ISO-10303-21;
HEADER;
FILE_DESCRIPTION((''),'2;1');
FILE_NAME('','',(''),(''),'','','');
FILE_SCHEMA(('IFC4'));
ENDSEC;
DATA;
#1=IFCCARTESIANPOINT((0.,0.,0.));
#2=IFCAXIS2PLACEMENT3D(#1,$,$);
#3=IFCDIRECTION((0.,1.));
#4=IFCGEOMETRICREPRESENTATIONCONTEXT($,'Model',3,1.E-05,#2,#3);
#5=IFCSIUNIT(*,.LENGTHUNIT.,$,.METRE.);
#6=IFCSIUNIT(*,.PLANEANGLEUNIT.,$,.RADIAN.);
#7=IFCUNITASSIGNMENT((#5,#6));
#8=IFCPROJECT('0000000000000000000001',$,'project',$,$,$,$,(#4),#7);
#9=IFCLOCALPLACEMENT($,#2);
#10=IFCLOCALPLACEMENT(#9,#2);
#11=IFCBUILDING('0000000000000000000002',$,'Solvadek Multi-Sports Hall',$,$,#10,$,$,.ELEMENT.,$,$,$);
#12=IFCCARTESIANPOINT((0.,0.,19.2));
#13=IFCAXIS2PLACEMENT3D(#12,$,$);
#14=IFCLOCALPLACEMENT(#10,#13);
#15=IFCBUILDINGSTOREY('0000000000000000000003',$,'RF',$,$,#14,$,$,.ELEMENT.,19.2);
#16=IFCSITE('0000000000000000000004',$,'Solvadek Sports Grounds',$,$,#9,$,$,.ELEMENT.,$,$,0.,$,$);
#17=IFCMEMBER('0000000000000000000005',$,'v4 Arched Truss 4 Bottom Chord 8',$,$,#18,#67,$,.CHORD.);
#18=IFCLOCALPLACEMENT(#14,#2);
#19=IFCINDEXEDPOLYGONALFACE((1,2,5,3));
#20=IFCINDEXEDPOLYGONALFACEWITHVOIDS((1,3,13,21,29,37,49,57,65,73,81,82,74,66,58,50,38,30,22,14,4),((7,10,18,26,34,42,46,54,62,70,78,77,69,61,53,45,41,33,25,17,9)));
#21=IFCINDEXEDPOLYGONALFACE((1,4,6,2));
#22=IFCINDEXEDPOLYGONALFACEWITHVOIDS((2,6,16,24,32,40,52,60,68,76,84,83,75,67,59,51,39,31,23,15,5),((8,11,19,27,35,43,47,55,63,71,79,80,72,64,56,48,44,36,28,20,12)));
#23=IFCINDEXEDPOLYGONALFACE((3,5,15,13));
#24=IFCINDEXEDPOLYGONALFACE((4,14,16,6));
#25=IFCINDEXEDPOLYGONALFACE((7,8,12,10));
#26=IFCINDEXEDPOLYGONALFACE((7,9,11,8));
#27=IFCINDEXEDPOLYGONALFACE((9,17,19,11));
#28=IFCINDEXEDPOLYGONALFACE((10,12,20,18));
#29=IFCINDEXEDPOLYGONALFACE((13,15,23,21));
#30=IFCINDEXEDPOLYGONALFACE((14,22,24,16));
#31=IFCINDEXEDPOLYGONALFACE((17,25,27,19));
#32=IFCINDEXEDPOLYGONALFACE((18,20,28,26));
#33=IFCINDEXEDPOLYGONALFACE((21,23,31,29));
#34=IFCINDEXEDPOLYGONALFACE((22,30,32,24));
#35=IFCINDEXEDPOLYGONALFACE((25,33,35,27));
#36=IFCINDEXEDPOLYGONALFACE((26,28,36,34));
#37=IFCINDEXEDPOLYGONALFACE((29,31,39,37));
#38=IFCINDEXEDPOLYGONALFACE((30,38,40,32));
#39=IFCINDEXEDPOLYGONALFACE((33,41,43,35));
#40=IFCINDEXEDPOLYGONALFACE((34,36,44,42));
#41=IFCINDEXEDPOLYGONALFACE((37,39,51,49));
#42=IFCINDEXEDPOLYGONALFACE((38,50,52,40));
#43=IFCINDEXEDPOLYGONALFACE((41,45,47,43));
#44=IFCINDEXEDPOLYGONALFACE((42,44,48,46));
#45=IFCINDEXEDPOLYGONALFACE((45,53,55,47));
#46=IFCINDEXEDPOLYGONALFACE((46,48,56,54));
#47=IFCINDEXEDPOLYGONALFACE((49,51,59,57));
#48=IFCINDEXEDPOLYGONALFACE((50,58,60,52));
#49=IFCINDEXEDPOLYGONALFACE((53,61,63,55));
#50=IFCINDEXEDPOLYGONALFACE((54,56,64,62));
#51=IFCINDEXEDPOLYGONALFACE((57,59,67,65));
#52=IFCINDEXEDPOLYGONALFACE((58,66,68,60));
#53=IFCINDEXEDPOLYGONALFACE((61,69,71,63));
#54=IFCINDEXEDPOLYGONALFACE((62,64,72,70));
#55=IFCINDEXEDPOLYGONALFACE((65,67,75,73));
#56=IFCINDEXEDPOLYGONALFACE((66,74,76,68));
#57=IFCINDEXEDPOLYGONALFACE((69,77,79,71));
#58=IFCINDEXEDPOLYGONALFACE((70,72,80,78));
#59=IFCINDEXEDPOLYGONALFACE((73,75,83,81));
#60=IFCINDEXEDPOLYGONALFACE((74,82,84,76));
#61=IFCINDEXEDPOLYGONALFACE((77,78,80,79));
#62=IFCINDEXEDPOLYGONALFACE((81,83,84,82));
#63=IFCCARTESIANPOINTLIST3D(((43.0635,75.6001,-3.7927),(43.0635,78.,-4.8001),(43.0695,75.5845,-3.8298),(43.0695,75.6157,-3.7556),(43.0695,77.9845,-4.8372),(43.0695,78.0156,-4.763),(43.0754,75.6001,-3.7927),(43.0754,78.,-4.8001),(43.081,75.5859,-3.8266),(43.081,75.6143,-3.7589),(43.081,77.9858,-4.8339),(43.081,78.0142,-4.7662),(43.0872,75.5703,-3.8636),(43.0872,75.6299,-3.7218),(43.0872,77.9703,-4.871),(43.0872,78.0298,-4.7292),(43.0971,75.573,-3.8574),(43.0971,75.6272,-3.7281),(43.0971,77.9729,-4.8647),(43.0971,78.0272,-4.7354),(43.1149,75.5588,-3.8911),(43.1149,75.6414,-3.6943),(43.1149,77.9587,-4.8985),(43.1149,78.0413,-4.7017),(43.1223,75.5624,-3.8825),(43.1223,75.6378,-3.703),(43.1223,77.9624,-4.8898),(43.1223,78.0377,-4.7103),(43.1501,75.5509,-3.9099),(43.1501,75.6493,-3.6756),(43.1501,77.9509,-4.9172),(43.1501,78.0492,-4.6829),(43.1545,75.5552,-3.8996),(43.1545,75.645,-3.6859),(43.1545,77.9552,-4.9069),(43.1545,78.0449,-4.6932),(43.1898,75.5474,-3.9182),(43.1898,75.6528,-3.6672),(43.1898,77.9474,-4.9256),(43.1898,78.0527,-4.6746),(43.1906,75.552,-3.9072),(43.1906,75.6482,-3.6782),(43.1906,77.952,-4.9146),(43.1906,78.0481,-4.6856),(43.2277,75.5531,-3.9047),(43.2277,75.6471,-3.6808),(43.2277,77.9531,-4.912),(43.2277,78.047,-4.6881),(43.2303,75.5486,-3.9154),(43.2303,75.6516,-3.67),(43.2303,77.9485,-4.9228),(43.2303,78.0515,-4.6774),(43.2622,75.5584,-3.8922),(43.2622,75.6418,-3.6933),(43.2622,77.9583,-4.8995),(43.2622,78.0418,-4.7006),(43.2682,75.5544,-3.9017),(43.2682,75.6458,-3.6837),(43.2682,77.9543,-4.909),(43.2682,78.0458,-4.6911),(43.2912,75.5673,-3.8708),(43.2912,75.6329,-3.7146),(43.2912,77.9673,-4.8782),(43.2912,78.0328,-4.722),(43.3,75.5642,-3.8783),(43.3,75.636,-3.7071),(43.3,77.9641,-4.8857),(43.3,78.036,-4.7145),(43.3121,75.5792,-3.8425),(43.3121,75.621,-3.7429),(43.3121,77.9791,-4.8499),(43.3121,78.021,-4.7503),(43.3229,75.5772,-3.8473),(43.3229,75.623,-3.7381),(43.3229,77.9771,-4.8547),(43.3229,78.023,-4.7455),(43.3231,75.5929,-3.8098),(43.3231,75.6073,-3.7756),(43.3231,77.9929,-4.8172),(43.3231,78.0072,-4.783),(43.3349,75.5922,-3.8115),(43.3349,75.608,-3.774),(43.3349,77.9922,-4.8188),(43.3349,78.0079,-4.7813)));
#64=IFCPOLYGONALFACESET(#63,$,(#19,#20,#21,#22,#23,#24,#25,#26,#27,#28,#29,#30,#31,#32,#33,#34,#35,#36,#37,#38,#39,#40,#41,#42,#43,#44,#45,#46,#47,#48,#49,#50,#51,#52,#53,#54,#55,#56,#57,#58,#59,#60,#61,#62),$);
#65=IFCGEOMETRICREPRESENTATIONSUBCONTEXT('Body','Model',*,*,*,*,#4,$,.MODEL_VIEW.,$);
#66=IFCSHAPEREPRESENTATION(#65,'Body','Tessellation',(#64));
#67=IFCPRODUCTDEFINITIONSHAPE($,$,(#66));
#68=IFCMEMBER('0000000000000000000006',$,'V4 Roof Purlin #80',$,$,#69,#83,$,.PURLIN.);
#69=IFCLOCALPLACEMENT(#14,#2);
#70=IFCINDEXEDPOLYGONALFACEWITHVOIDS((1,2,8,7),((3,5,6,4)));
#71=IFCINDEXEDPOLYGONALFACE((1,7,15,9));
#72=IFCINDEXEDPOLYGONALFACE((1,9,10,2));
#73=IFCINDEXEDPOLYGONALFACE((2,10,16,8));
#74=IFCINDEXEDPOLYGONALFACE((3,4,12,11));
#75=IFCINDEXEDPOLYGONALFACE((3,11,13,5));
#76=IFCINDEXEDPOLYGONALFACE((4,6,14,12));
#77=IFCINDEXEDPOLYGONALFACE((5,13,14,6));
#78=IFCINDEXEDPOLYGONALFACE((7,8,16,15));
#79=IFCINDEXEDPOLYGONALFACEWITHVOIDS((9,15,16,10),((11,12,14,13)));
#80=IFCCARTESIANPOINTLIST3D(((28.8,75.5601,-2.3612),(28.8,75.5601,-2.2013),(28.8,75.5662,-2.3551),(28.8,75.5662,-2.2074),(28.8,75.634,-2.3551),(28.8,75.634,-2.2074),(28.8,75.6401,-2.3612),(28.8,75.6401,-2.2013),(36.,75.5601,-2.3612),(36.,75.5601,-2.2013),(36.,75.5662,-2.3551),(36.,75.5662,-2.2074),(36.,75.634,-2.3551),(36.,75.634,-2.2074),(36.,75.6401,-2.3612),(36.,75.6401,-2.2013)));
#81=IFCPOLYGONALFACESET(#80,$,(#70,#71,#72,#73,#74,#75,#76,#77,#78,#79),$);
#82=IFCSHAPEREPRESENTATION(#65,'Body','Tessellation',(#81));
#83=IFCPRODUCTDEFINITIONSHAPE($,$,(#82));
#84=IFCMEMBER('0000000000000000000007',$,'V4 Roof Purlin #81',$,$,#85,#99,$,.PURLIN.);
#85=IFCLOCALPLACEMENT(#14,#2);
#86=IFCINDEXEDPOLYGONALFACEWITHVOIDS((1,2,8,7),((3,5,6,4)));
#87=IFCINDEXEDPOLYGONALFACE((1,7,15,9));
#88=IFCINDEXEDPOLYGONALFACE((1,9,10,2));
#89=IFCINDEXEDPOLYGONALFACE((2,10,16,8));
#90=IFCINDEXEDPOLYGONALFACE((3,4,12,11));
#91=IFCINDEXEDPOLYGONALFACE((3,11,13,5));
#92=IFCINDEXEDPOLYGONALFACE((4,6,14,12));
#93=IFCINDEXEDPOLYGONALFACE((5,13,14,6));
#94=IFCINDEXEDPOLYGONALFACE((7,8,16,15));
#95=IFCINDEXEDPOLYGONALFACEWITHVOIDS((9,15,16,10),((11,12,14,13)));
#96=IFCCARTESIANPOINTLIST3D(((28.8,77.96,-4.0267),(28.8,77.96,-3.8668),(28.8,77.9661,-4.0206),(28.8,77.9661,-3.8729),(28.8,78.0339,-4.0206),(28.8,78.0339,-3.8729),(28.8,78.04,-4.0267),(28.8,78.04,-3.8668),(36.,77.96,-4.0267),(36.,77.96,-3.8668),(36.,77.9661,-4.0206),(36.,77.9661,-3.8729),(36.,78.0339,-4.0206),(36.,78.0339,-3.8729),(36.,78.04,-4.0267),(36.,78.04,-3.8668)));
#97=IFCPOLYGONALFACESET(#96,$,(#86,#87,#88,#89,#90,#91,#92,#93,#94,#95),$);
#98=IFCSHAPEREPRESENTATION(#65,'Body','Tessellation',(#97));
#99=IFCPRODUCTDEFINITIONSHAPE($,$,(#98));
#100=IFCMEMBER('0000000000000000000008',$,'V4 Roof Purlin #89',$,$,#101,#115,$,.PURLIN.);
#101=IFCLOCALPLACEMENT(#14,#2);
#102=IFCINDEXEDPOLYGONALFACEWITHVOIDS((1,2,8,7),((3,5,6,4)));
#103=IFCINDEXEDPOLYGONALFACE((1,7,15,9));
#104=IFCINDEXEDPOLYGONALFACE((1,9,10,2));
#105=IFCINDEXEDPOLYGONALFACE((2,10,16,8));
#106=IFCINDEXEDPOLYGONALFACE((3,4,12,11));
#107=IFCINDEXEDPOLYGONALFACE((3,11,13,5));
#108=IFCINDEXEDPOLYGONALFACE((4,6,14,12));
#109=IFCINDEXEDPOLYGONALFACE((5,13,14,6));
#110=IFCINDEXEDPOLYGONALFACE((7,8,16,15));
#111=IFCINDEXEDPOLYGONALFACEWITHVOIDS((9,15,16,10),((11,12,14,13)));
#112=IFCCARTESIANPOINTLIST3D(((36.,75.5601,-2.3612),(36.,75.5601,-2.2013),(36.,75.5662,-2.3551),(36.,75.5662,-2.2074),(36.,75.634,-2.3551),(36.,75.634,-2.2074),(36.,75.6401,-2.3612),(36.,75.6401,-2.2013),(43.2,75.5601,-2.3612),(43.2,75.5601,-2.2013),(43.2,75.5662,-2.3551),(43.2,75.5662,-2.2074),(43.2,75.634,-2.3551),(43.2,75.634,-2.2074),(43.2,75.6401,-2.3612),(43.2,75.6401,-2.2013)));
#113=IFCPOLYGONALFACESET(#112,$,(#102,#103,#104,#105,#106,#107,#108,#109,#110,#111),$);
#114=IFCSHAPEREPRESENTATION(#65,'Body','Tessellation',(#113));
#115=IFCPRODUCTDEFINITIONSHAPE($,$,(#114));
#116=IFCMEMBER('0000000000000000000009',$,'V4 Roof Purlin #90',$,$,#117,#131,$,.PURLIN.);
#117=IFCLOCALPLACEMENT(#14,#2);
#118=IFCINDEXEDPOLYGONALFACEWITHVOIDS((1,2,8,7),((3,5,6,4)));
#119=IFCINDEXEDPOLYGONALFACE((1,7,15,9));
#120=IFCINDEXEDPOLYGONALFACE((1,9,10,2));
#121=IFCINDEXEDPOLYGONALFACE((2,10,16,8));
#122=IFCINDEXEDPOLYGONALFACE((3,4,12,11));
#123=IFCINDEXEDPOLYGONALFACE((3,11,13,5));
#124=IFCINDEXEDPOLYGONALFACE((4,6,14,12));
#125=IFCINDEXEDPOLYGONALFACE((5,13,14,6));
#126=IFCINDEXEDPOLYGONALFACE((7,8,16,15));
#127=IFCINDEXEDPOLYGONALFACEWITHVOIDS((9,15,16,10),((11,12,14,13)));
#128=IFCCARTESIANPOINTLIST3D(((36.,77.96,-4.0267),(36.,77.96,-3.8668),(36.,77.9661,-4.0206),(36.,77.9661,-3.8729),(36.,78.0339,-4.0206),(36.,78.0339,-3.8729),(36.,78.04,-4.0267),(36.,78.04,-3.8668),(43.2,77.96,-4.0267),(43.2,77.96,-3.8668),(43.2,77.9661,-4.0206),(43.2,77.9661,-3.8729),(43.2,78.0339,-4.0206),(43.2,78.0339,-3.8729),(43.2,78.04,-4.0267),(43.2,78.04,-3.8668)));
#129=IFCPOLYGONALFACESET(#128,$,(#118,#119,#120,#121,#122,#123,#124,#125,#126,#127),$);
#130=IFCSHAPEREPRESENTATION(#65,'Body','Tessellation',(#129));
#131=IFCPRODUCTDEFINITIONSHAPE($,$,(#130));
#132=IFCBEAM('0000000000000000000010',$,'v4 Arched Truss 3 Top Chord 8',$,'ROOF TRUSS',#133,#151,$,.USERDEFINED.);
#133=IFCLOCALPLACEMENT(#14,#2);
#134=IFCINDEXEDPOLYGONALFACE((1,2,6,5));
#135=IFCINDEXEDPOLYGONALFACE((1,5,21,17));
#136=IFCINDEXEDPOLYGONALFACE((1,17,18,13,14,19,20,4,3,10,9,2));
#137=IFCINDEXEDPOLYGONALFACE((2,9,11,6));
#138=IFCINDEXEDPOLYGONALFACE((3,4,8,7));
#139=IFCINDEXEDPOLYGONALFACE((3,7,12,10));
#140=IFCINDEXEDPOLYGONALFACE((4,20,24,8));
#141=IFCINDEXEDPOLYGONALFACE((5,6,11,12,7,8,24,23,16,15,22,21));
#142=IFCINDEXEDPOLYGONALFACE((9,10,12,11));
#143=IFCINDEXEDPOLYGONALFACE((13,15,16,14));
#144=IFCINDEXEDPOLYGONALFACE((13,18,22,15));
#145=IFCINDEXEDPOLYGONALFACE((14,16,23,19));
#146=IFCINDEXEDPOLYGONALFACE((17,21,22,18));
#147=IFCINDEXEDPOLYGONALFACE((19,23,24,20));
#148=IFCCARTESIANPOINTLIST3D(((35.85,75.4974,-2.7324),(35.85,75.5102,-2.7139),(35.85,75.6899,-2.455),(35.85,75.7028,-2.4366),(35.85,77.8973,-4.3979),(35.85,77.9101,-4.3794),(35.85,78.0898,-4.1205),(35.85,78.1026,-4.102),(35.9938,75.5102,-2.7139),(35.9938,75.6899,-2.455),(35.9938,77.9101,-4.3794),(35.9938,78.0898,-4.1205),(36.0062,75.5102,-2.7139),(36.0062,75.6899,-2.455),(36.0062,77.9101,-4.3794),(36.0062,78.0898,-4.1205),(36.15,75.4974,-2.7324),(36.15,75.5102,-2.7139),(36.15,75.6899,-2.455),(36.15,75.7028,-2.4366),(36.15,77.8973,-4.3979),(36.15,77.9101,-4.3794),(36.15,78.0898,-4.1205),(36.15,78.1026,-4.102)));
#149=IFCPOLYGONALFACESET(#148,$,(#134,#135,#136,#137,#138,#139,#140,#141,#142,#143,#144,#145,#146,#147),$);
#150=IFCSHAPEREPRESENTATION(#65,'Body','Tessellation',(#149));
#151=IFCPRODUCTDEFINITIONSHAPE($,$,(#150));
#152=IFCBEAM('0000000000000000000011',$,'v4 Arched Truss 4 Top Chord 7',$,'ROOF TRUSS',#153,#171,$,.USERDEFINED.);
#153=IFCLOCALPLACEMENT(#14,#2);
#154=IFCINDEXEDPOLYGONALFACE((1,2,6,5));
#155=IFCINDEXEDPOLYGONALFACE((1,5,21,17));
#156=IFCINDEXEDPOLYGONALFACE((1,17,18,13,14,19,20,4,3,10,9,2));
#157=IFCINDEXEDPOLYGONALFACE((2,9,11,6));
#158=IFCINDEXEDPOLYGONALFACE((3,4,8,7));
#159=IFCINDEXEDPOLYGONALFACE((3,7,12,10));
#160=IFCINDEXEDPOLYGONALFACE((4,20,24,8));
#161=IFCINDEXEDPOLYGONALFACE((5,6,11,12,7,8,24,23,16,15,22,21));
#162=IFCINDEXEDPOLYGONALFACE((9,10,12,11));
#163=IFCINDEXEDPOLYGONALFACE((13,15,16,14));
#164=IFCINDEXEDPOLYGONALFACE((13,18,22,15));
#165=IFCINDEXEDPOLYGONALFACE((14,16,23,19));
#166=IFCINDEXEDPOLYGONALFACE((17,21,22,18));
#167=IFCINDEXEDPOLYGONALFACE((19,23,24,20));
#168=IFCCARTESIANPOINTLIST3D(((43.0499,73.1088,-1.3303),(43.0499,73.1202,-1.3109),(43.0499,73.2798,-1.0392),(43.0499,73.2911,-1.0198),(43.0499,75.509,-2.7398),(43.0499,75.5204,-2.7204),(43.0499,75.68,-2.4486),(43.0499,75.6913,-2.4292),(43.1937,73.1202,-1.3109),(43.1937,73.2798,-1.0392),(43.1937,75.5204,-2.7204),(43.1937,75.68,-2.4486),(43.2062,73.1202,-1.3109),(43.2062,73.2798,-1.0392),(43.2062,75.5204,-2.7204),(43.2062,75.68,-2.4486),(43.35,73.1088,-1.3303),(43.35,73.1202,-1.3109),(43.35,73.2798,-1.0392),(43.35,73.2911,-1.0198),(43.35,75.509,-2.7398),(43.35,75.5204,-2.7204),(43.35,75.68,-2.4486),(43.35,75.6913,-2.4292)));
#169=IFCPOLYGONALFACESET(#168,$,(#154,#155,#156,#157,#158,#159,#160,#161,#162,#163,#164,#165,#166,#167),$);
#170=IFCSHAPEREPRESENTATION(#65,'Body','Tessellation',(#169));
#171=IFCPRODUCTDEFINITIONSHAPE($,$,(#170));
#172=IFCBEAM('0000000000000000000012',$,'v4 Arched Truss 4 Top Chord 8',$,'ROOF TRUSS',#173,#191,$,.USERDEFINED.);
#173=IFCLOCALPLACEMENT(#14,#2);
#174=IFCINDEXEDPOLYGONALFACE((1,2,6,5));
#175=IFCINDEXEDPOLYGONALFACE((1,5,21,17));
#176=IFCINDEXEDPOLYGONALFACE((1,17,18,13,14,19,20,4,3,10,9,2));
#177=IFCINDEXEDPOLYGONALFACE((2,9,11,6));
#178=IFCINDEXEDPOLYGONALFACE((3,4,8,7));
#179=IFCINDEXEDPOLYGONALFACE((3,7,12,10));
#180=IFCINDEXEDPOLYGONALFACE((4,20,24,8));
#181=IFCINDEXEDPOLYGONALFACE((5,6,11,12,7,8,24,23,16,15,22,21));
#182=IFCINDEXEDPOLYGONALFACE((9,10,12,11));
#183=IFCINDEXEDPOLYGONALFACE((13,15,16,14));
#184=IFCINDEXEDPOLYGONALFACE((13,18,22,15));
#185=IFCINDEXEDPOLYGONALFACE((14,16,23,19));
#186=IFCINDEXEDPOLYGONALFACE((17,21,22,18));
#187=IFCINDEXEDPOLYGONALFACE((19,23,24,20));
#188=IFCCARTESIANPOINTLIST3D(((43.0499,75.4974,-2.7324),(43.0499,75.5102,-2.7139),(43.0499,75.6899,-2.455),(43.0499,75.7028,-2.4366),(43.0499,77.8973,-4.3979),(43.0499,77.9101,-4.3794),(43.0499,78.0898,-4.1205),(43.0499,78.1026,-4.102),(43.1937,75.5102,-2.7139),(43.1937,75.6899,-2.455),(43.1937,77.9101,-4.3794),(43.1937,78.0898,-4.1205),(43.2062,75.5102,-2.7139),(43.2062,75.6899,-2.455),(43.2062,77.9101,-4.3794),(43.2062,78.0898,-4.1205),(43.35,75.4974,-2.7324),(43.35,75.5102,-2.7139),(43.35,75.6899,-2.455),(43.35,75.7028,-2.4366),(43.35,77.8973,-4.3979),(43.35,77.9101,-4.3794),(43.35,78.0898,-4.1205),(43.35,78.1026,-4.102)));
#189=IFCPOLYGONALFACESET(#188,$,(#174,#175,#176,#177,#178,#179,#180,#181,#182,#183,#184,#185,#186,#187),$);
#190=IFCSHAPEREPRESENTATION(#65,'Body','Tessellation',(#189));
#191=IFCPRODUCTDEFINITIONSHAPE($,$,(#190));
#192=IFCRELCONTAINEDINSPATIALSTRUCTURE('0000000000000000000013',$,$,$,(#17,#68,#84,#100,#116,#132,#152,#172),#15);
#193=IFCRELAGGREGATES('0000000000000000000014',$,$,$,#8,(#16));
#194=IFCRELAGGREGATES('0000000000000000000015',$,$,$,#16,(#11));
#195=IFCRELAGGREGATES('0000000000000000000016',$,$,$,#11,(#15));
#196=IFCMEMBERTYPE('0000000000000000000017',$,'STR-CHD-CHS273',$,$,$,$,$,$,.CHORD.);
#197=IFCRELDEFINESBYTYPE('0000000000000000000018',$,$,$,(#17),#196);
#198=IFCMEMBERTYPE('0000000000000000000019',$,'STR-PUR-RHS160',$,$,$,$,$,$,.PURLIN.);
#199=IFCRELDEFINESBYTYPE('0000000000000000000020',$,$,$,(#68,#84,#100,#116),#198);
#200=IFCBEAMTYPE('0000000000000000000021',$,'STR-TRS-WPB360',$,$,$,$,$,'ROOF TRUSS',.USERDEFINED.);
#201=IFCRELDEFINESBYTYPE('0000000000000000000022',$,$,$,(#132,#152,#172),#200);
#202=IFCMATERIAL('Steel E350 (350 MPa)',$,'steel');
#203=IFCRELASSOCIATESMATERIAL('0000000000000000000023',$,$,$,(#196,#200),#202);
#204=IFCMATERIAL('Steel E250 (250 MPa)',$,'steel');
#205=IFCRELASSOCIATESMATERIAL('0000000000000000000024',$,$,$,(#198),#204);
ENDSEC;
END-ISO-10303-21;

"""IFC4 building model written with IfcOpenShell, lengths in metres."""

from ifc_helpers import new_model, si_unit, direction, frame, origin, origin_2d, place, context, subcontext, project, spatial, hollow_rectangle, hollow_circle, i_section, extrude, material, material_profile, profile_set, type_object, element, save


model = new_model("IFC4")

# Units and contexts
model_context = context("Model", 3, precision=1e-05, world=origin(), true_north=direction((0.0, 1.0)))
body_context = subcontext(model_context, "Body", "Model", "MODEL_VIEW")
ifc_project = project(units=[si_unit("LENGTHUNIT", "METRE"), si_unit("PLANEANGLEUNIT", "RADIAN")], contexts=[model_context])

# Site, building, storey
site_placement = place(None, origin())
site = spatial("IfcSite", under=ifc_project, at=site_placement, Name="Solvadek Sports Grounds", CompositionType="ELEMENT", RefElevation=0.0)
building_placement = place(site_placement, origin())
building = spatial("IfcBuilding", under=site, at=building_placement, Name="Solvadek Multi-Sports Hall", CompositionType="ELEMENT")
storey_placement = place(building_placement, frame((0.0, 0.0, 19.2)))
storey = spatial("IfcBuildingStorey", under=building, at=storey_placement, Name="RF", CompositionType="ELEMENT", Elevation=19.2)

# Shared definitions
ifc_material_1 = material(Name="Steel E350 (350 MPa)", Category="steel")

# Members
ifc_material_profile_1 = material_profile(ifc_material_1, hollow_circle(Radius=0.1365, WallThickness=0.012, at=origin_2d()), Name="CHS 273.0x12")
ifc_profile_set_1 = profile_set([ifc_material_profile_1], Name="Steel E350 (350 MPa)")
member_type_1 = type_object("IfcMemberType", Name="STR-CHD-CHS273", PredefinedType="CHORD", material=ifc_profile_set_1)
member_1_placement = place(storey_placement, frame((43.2, 75.6001, -3.7927), z_axis=(0.0, 0.922069, -0.387025), x_axis=(-1.0, 0.0, 0.0)))
element("IfcMember", 1, at=member_1_placement, inside=storey, type_object=member_type_1, Name="v4 Arched Truss 4 Bottom Chord 8", PredefinedType="CHORD", context=body_context, shape_type="SweptSolid", body=[
    extrude(hollow_circle(Radius=0.1365, WallThickness=0.012, at=origin_2d()), origin(), (0.0, 0.0, 1.0), 2.6028),
])
ifc_material_2 = material(Name="Steel E250 (250 MPa)", Category="steel")
ifc_material_profile_2 = material_profile(ifc_material_2, hollow_rectangle(XDim=0.0801, YDim=0.1599, WallThickness=0.0061, at=origin_2d()), Name="RHS 160x80x6")
ifc_profile_set_2 = profile_set([ifc_material_profile_2], Name="Steel E250 (250 MPa)")
member_type_2 = type_object("IfcMemberType", Name="STR-PUR-RHS160", PredefinedType="PURLIN", material=ifc_profile_set_2)
for number, where, z_axis, x_axis, name in (
    (2, (28.8, 75.6001, -2.2812), (1.0, 0.0, 0.0), (0.0, 1.0, 0.0), "V4 Roof Purlin #80"),
    (3, (28.8, 78.0, -3.9468), (1.0, 0.0, 0.0), (0.0, 1.0, 0.0), "V4 Roof Purlin #81"),
    (4, (36.0, 75.6001, -2.2812), (1.0, 0.0, 0.0), (0.0, 1.0, 0.0), "V4 Roof Purlin #89"),
    (5, (36.0, 78.0, -3.9468), (1.0, 0.0, 0.0), (0.0, 1.0, 0.0), "V4 Roof Purlin #90"),
):
    element("IfcMember", number, at=place(storey_placement, frame(where, z_axis=z_axis, x_axis=x_axis)), inside=storey, type_object=member_type_2, Name=name, PredefinedType="PURLIN", context=body_context, shape_type="SweptSolid", body=[
        extrude(hollow_rectangle(XDim=0.0801, YDim=0.1599, WallThickness=0.0061, at=origin_2d()), origin(), (0.0, 0.0, 1.0), 7.2),
    ])

# Beams
ifc_material_profile_3 = material_profile(ifc_material_1, i_section(OverallWidth=0.3, OverallDepth=0.3601, WebThickness=0.0125, FlangeThickness=0.0225, at=origin_2d()), Name="WPB 360")
ifc_profile_set_3 = profile_set([ifc_material_profile_3], Name="Steel E350 (350 MPa)")
beam_type = type_object("IfcBeamType", Name="STR-TRS-WPB360", ElementType="ROOF TRUSS", PredefinedType="USERDEFINED", material=ifc_profile_set_3)
beam_1_placement = place(storey_placement, frame((36.0, 75.6001, -2.5845), z_axis=(0.0, 0.821542, -0.570148), x_axis=(-1.0, 0.0, 0.0)))
element("IfcBeam", 6, at=beam_1_placement, inside=storey, type_object=beam_type, Name="v4 Arched Truss 3 Top Chord 8", ObjectType="ROOF TRUSS", PredefinedType="USERDEFINED", context=body_context, shape_type="SweptSolid", body=[
    extrude(i_section(OverallWidth=0.3, OverallDepth=0.3601, WebThickness=0.0125, FlangeThickness=0.0225, at=origin_2d()), origin(), (0.0, 0.0, 1.0), 2.9211),
])
beam_2_placement = place(storey_placement, frame((43.2, 73.2, -1.175), z_axis=(0.0, 0.862315, -0.506372), x_axis=(-1.0, 0.0, 0.0)))
element("IfcBeam", 7, at=beam_2_placement, inside=storey, type_object=beam_type, Name="v4 Arched Truss 4 Top Chord 7", ObjectType="ROOF TRUSS", PredefinedType="USERDEFINED", context=body_context, shape_type="SweptSolid", body=[
    extrude(i_section(OverallWidth=0.3, OverallDepth=0.3601, WebThickness=0.0125, FlangeThickness=0.0225, at=origin_2d()), origin(), (0.0, 0.0, 1.0), 2.7834),
])
beam_3_placement = place(storey_placement, frame((43.2, 75.6001, -2.5845), z_axis=(0.0, 0.821542, -0.570148), x_axis=(-1.0, 0.0, 0.0)))
element("IfcBeam", 8, at=beam_3_placement, inside=storey, type_object=beam_type, Name="v4 Arched Truss 4 Top Chord 8", ObjectType="ROOF TRUSS", PredefinedType="USERDEFINED", context=body_context, shape_type="SweptSolid", body=[
    extrude(i_section(OverallWidth=0.3, OverallDepth=0.3601, WebThickness=0.0125, FlangeThickness=0.0225, at=origin_2d()), origin(), (0.0, 0.0, 1.0), 2.9211),
])

save(model, "model.ifc")
